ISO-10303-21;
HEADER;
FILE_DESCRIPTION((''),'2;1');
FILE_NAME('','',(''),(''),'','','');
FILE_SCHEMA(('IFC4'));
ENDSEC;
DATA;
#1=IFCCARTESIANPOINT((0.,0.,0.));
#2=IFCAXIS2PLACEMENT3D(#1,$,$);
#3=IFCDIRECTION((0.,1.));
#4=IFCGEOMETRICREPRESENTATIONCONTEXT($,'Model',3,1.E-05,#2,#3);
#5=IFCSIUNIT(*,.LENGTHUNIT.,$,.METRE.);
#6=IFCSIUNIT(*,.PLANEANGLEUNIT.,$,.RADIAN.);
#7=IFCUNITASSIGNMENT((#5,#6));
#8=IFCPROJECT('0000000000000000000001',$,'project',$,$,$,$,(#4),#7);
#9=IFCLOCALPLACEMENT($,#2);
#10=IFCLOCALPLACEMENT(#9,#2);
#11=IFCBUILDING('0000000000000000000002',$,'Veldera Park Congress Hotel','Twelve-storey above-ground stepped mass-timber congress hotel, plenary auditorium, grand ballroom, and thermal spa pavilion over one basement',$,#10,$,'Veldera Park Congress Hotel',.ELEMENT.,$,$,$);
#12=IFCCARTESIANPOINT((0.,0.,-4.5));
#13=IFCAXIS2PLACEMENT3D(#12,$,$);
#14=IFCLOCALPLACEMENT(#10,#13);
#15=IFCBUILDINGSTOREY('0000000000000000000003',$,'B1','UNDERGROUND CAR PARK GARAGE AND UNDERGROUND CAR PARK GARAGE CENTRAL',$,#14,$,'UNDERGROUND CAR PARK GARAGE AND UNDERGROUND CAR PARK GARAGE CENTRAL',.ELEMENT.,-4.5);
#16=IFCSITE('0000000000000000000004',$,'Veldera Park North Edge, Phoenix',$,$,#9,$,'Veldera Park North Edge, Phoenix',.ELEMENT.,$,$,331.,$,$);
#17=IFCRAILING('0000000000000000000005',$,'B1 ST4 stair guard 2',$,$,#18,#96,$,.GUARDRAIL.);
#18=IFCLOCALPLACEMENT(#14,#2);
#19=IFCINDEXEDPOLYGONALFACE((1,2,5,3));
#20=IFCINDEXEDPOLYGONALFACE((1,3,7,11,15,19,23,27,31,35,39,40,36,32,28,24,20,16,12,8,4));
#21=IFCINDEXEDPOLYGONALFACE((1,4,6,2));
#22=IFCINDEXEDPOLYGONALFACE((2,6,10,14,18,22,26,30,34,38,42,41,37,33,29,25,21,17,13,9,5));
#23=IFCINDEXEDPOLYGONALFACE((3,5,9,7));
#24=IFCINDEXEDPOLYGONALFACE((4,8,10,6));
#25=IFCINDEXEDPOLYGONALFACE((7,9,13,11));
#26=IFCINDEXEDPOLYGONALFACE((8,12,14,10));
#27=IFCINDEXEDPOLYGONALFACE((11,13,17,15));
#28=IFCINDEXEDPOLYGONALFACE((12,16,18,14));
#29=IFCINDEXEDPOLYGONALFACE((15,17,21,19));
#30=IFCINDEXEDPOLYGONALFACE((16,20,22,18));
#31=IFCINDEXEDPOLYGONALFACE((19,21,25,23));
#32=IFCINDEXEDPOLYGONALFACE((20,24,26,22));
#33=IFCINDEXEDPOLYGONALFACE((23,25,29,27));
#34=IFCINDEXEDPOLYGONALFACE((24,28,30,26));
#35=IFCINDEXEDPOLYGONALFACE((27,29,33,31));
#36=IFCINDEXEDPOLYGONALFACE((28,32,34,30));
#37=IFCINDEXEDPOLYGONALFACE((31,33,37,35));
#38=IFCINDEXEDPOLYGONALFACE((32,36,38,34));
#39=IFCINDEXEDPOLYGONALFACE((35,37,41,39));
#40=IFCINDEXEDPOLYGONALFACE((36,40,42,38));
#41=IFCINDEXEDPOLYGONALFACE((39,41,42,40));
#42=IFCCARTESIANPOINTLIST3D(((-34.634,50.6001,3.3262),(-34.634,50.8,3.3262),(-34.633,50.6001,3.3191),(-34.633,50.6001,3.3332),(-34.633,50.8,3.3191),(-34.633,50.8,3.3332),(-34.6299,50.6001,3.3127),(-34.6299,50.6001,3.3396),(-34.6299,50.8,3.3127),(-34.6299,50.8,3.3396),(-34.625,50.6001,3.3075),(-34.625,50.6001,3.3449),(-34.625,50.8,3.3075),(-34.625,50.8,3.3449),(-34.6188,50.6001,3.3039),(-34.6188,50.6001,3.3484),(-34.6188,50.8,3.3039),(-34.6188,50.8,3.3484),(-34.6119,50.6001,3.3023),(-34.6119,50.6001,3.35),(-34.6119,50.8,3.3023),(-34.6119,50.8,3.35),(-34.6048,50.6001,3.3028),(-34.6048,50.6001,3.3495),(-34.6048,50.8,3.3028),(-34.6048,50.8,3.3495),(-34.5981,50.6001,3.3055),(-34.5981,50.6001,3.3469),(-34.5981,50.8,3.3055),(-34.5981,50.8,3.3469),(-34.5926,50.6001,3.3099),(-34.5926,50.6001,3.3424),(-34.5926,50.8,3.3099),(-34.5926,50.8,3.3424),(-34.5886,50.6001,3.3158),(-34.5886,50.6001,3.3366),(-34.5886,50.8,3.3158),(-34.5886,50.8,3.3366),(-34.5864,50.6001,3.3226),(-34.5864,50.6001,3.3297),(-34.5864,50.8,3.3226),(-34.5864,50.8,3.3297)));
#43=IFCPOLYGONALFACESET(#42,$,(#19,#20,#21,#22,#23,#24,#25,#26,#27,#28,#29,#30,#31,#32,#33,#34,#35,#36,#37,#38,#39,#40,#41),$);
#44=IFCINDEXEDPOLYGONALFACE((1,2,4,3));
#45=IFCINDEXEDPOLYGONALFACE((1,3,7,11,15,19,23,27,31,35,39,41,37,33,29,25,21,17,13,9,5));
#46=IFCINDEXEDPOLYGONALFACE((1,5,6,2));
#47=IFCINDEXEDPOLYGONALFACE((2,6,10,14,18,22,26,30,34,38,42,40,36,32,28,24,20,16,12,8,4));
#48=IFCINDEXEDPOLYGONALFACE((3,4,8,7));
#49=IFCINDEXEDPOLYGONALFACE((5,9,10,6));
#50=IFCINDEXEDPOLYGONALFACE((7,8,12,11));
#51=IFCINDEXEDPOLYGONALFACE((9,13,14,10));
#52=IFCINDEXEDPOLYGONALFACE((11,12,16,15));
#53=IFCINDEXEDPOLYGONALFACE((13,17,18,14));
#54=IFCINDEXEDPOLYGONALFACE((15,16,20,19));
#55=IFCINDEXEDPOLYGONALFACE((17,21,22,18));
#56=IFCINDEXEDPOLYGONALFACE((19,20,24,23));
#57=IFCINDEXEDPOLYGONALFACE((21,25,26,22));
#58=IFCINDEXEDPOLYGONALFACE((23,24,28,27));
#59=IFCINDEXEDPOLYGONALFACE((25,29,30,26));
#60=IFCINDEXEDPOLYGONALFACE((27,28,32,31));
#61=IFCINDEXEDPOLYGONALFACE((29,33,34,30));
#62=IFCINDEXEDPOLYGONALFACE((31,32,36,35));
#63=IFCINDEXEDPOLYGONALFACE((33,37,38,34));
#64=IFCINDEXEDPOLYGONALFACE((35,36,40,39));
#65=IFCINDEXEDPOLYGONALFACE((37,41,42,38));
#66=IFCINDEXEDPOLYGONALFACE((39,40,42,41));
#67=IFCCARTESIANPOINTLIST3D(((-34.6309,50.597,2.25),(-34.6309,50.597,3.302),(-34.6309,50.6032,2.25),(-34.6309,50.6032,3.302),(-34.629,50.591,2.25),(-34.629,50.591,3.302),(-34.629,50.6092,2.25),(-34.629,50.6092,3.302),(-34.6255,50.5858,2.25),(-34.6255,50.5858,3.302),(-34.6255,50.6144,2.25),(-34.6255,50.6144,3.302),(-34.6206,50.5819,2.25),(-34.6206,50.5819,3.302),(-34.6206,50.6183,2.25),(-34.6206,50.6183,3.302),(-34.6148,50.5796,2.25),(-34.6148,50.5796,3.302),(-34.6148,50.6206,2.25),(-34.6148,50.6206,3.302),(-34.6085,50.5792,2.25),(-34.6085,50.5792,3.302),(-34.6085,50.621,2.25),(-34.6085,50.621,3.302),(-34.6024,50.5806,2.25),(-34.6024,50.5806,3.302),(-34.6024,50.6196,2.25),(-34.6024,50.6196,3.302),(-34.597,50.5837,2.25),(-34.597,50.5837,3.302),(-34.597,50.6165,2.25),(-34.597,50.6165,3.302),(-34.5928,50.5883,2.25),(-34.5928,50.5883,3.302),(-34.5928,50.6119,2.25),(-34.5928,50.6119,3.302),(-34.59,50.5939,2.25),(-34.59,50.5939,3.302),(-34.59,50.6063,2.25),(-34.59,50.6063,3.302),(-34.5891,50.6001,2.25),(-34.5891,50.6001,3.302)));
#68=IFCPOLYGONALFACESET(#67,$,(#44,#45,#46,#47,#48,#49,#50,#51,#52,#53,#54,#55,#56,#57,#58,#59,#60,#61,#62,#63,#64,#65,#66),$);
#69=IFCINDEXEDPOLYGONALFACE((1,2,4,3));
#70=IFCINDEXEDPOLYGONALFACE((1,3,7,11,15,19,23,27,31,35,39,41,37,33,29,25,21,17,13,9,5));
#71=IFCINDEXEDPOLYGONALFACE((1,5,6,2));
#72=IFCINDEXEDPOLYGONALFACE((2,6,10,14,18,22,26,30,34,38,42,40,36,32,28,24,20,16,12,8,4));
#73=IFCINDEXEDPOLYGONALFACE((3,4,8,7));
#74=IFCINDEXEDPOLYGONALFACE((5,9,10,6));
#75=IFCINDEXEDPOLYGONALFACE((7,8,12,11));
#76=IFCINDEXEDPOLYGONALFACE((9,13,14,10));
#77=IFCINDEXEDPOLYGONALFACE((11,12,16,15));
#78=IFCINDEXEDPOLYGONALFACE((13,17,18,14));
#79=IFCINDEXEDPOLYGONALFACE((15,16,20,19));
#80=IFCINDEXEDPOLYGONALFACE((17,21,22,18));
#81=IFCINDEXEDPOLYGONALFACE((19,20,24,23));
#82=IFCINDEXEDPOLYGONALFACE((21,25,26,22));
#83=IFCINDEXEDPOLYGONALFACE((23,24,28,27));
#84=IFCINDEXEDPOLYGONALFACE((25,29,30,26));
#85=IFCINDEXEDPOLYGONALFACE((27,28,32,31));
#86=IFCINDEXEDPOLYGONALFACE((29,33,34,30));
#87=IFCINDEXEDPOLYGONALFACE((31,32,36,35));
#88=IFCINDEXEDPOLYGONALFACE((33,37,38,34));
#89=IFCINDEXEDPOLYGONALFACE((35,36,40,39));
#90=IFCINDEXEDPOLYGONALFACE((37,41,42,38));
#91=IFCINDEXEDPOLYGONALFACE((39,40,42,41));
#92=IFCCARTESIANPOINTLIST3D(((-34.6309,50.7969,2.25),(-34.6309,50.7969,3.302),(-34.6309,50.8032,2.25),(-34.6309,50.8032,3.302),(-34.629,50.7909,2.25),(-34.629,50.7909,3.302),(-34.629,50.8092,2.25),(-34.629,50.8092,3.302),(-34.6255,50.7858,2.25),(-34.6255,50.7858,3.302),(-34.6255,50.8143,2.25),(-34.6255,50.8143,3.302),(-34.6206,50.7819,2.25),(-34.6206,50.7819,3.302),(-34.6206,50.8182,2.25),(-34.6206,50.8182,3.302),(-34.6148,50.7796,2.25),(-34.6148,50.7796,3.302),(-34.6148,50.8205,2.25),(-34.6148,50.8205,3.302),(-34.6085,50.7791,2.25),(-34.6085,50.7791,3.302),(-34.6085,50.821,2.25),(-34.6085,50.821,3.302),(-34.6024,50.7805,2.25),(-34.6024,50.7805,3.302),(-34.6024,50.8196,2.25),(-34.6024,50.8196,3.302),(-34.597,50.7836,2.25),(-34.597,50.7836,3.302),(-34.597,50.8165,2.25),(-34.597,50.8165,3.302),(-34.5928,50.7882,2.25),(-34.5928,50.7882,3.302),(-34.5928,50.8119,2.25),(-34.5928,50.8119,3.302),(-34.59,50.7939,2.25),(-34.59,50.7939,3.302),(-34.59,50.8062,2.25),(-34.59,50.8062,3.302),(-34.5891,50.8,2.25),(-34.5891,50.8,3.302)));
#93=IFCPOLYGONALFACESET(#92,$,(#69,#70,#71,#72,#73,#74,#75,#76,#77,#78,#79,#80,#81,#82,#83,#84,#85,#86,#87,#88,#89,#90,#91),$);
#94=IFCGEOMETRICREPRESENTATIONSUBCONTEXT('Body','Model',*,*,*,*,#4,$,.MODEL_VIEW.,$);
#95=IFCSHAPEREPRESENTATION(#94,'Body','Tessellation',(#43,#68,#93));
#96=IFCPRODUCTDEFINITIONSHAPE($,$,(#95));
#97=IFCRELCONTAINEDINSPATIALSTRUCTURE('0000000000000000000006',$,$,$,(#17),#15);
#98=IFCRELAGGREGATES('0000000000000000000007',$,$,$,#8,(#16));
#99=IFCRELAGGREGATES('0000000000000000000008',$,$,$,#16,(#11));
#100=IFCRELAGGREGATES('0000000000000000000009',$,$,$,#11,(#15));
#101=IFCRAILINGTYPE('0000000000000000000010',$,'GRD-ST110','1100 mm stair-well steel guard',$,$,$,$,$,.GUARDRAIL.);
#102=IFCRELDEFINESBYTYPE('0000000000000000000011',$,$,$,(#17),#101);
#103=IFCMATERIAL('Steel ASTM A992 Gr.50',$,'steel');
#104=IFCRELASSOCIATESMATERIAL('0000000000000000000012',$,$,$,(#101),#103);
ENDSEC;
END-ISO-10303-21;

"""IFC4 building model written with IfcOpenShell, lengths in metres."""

from ifc_helpers import new_model, si_unit, direction, frame, origin, origin_2d, place, context, subcontext, project, spatial, circle, extrude, material, type_object, element, save


model = new_model("IFC4")

# Units and contexts
model_context = context("Model", 3, precision=1e-05, world=origin(), true_north=direction((0.0, 1.0)))
body_context = subcontext(model_context, "Body", "Model", "MODEL_VIEW")
ifc_project = project(units=[si_unit("LENGTHUNIT", "METRE"), si_unit("PLANEANGLEUNIT", "RADIAN")], contexts=[model_context])

# Site, building, storey
site_placement = place(None, origin())
site = spatial("IfcSite", under=ifc_project, at=site_placement, Name="Veldera Park North Edge, Phoenix", LongName="Veldera Park North Edge, Phoenix", CompositionType="ELEMENT", RefElevation=331.0)
building_placement = place(site_placement, origin())
building = spatial("IfcBuilding", under=site, at=building_placement, Name="Veldera Park Congress Hotel", Description="Twelve-storey above-ground stepped mass-timber congress hotel, plenary auditorium, grand ballroom, and thermal spa pavilion over one basement", LongName="Veldera Park Congress Hotel", CompositionType="ELEMENT")
storey_placement = place(building_placement, frame((0.0, 0.0, -4.5)))
storey = spatial("IfcBuildingStorey", under=building, at=storey_placement, Name="B1", Description="UNDERGROUND CAR PARK GARAGE AND UNDERGROUND CAR PARK GARAGE CENTRAL", LongName="UNDERGROUND CAR PARK GARAGE AND UNDERGROUND CAR PARK GARAGE CENTRAL", CompositionType="ELEMENT", Elevation=-4.5)

# Railing
ifc_material_1 = material(Name="Steel ASTM A992 Gr.50", Category="steel")
railing_type_1 = type_object("IfcRailingType", Name="GRD-ST110", Description="1100 mm stair-well steel guard", PredefinedType="GUARDRAIL", material=ifc_material_1)
railing_1_placement = place(storey_placement, frame((-34.6101, 50.6001, 2.25)))
element("IfcRailing", 1, at=railing_1_placement, inside=storey, type_object=railing_type_1, Name="B1 ST4 stair guard 2", PredefinedType="GUARDRAIL", context=body_context, shape_type="SweptSolid", body=[
    extrude(circle(Radius=0.0239, at=origin_2d()), frame((0.0, 0.0, 1.0762), z_axis=(0.0, 1.0, 0.0), x_axis=(-1.0, 0.0, 0.0)), (0.0, 0.0, 1.0), 0.2),
    extrude(circle(Radius=0.021, at=origin_2d()), origin(), (0.0, 0.0, 1.0), 1.052),
    extrude(circle(Radius=0.021, at=origin_2d()), frame((0.0, 0.2, 0.0)), (0.0, 0.0, 1.0), 1.052),
])

save(model, "model.ifc")
